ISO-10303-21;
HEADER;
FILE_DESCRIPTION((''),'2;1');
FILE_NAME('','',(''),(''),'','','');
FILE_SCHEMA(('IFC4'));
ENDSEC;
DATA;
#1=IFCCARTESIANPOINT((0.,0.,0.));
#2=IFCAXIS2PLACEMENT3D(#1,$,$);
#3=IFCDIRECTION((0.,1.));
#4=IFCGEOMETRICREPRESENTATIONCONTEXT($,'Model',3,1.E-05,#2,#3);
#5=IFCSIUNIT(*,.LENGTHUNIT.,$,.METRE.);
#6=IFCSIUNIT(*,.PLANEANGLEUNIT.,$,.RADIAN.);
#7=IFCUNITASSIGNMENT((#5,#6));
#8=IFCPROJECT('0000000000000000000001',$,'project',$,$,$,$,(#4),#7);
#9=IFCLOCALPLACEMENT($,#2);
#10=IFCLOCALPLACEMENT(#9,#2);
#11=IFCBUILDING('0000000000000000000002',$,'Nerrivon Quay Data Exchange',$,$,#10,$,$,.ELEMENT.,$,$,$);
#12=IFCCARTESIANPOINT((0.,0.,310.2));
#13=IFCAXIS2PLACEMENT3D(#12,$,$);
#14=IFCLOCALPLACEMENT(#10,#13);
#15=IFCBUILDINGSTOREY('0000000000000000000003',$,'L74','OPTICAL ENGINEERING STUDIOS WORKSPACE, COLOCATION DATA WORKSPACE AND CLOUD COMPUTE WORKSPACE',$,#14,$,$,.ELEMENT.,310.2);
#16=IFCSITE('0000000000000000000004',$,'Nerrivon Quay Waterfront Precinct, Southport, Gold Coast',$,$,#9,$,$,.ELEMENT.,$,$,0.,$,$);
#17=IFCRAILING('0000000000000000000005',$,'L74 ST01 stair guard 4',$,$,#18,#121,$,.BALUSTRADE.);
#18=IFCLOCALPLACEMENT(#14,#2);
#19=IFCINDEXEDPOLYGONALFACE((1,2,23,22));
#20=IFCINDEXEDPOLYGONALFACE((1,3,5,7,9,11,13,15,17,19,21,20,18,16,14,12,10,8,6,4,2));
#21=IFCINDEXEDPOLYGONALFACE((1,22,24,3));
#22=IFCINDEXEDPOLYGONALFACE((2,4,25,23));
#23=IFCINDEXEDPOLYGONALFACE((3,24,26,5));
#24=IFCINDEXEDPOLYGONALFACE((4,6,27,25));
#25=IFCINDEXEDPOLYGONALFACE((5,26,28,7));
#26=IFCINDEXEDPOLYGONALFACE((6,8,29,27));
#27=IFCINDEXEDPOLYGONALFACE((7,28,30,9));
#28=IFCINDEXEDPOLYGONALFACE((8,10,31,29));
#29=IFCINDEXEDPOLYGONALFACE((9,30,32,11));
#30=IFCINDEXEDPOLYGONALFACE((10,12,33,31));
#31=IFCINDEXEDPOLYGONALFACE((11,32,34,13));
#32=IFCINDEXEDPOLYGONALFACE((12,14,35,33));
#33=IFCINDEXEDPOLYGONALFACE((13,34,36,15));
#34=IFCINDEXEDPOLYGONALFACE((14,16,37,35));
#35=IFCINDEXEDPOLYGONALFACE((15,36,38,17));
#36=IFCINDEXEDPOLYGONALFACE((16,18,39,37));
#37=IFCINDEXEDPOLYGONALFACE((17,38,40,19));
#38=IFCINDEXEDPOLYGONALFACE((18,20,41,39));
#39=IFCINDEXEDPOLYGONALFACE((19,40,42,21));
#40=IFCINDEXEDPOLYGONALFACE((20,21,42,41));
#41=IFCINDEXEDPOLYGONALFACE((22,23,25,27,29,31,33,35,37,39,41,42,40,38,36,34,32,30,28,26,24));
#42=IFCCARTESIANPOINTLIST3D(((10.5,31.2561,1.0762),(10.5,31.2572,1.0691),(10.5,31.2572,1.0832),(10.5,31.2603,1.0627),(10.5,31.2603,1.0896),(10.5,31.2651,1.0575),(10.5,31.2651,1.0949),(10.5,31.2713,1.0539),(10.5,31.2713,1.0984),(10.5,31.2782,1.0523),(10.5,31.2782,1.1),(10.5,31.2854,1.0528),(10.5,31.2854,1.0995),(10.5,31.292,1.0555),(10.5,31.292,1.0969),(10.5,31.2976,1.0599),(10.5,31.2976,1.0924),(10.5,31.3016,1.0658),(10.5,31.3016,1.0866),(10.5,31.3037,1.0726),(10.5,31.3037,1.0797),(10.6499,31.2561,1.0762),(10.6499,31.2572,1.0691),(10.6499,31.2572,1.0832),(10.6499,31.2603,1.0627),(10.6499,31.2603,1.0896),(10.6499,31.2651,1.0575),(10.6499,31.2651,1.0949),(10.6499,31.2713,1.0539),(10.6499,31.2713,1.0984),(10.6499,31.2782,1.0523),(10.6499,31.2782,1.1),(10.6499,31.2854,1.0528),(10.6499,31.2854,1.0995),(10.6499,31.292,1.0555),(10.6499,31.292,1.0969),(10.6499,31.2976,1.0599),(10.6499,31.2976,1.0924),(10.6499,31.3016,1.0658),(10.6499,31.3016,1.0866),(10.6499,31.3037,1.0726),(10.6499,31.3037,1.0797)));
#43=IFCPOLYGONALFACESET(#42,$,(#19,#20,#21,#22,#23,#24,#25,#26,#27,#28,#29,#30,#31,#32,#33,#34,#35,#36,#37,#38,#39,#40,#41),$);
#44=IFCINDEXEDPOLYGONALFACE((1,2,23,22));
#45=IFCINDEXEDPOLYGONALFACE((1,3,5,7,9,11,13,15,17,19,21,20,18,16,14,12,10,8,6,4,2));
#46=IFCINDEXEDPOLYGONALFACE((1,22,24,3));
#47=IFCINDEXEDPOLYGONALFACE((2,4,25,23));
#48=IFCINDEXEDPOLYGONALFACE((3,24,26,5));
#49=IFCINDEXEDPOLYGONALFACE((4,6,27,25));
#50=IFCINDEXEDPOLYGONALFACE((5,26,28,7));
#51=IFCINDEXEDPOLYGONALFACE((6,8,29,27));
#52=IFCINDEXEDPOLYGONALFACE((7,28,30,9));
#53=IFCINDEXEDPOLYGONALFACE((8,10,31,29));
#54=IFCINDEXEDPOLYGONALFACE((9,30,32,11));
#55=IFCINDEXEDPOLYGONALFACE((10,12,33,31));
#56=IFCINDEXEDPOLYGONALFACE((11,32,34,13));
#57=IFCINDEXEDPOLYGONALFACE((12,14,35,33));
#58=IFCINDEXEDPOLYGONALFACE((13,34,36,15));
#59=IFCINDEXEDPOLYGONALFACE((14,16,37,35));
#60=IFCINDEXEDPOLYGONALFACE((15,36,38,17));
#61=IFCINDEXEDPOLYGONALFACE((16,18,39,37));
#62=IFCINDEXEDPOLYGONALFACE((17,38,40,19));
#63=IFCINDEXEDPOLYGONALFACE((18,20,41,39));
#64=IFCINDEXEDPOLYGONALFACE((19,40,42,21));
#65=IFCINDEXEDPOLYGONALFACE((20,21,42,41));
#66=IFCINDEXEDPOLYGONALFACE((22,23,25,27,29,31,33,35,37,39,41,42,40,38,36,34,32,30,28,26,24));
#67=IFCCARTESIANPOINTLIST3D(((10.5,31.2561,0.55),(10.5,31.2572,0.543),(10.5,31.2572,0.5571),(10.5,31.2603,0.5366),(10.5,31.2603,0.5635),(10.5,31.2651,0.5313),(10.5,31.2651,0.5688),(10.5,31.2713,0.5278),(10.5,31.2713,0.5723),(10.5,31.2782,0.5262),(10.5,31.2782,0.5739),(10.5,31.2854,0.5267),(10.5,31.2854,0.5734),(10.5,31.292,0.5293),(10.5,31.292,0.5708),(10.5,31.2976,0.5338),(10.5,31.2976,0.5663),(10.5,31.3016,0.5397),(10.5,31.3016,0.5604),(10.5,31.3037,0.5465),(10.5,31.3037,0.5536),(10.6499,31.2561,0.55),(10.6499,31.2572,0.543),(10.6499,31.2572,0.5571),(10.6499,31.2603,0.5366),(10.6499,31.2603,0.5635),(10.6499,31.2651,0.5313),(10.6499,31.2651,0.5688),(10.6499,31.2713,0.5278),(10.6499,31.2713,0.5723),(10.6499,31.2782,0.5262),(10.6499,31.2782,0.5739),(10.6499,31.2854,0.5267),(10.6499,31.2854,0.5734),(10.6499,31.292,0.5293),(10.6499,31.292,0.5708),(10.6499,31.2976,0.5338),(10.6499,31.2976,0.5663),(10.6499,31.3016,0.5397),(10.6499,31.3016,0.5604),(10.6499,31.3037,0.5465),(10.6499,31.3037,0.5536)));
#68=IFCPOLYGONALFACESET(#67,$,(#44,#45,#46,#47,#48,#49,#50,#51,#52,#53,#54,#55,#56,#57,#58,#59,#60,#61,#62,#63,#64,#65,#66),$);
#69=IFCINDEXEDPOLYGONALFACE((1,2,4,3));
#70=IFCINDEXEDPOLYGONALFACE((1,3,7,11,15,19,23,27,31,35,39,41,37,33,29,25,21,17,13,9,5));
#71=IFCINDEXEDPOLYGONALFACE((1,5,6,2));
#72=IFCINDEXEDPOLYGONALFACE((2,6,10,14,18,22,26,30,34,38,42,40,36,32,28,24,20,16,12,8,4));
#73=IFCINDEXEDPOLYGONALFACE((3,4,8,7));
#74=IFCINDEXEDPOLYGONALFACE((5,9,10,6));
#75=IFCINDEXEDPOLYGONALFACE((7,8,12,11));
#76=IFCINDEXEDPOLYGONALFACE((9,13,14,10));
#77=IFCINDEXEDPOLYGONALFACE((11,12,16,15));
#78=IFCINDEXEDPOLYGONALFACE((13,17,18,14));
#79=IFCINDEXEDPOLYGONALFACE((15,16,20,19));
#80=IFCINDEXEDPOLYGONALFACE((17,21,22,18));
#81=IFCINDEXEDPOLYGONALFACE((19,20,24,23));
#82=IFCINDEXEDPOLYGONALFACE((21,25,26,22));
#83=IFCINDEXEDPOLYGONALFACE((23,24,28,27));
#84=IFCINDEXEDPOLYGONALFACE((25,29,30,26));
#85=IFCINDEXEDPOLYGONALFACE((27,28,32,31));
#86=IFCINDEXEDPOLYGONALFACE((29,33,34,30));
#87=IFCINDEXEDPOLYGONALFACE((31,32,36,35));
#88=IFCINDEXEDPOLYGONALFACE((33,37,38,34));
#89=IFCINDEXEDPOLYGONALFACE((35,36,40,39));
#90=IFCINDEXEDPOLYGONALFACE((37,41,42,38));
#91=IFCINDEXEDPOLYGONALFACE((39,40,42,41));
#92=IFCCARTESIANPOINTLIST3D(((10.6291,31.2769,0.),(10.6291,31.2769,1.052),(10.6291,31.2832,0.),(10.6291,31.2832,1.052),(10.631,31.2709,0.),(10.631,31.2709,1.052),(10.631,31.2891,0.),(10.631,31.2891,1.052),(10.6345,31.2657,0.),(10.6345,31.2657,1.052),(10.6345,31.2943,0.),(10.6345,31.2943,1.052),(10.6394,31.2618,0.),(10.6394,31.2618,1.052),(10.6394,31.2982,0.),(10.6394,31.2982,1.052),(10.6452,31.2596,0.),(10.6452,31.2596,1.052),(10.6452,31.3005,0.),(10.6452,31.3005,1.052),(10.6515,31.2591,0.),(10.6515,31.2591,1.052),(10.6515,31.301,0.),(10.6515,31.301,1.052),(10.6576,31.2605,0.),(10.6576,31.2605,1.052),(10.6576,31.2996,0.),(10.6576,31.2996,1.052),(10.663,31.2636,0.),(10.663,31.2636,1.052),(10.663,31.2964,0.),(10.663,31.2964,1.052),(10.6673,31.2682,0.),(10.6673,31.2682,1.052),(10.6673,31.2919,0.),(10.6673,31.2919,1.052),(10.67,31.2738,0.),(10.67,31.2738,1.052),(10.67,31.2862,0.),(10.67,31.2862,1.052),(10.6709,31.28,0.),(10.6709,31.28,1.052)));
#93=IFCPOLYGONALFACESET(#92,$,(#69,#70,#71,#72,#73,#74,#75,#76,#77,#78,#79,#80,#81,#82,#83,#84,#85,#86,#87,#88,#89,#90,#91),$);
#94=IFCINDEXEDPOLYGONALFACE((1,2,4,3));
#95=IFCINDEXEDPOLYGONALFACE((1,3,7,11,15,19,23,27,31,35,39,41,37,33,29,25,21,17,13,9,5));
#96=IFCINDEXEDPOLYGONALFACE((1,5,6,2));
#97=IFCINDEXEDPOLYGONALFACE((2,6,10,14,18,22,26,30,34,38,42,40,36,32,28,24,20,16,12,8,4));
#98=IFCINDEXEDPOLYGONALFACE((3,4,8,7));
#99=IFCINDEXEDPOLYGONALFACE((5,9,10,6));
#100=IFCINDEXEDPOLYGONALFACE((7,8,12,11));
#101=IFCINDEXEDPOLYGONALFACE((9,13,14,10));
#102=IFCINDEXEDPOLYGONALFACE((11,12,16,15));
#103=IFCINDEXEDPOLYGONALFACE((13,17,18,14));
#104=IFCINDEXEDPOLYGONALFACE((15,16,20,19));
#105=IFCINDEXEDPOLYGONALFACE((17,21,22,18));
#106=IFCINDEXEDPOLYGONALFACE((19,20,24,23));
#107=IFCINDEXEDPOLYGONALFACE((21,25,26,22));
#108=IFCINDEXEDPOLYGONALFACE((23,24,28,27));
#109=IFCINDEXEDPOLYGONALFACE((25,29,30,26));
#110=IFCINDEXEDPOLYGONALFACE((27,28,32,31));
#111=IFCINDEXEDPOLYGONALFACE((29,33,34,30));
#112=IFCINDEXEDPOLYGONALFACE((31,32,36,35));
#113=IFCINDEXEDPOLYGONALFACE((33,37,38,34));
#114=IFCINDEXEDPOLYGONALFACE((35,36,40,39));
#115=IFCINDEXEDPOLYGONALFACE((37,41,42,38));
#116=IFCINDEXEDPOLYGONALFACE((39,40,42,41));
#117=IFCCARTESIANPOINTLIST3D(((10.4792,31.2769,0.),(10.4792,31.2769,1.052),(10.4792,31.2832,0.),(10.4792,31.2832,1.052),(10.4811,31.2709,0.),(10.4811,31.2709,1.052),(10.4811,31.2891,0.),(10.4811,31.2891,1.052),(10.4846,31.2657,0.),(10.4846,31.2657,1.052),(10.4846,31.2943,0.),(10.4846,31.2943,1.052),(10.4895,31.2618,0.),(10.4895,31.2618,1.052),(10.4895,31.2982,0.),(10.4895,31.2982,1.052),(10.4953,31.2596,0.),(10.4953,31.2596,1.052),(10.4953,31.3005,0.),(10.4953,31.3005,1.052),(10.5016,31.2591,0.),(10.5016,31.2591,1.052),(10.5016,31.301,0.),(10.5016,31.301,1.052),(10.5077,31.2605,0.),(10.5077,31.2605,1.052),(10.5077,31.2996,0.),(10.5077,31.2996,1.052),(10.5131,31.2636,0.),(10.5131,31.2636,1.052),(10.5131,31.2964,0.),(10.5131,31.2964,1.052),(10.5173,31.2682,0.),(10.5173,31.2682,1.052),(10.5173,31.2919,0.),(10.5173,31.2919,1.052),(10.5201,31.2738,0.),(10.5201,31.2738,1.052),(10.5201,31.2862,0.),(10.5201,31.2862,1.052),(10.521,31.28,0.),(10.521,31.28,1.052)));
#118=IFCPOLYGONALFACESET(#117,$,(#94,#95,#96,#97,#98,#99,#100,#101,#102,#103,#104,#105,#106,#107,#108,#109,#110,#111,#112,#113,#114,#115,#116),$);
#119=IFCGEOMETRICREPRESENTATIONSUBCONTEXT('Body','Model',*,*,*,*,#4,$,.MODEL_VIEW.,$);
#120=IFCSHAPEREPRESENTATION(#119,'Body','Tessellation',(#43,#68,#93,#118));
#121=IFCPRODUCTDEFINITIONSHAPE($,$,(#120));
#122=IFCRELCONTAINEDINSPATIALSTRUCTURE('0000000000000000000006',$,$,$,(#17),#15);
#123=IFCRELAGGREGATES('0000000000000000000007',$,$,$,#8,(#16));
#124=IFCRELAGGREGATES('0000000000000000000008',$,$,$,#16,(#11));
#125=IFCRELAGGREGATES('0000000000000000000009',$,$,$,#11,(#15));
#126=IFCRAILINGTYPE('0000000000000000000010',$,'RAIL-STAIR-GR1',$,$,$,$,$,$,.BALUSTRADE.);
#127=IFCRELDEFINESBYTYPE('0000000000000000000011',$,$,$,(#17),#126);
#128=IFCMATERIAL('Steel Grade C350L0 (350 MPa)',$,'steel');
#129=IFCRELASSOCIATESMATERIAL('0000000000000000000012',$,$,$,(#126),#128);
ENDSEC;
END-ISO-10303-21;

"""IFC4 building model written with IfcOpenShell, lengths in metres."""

from ifc_helpers import new_model, si_unit, direction, frame, origin, origin_2d, place, context, subcontext, project, spatial, circle, extrude, material, type_object, element, save


model = new_model("IFC4")

# Units and contexts
model_context = context("Model", 3, precision=1e-05, world=origin(), true_north=direction((0.0, 1.0)))
body_context = subcontext(model_context, "Body", "Model", "MODEL_VIEW")
ifc_project = project(units=[si_unit("LENGTHUNIT", "METRE"), si_unit("PLANEANGLEUNIT", "RADIAN")], contexts=[model_context])

# Site, building, storey
site_placement = place(None, origin())
site = spatial("IfcSite", under=ifc_project, at=site_placement, Name="Nerrivon Quay Waterfront Precinct, Southport, Gold Coast", CompositionType="ELEMENT", RefElevation=0.0)
building_placement = place(site_placement, origin())
building = spatial("IfcBuilding", under=site, at=building_placement, Name="Nerrivon Quay Data Exchange", CompositionType="ELEMENT")
storey_placement = place(building_placement, frame((0.0, 0.0, 310.2)))
storey = spatial("IfcBuildingStorey", under=building, at=storey_placement, Name="L74", Description="OPTICAL ENGINEERING STUDIOS WORKSPACE, COLOCATION DATA WORKSPACE AND CLOUD COMPUTE WORKSPACE", CompositionType="ELEMENT", Elevation=310.2)

# Railing
ifc_material_1 = material(Name="Steel Grade C350L0 (350 MPa)", Category="steel")
railing_type_1 = type_object("IfcRailingType", Name="RAIL-STAIR-GR1", PredefinedType="BALUSTRADE", material=ifc_material_1)
railing_1_placement = place(storey_placement, frame((10.6499, 31.28, 0.0)))
element("IfcRailing", 1, at=railing_1_placement, inside=storey, type_object=railing_type_1, Name="L74 ST01 stair guard 4", PredefinedType="BALUSTRADE", context=body_context, shape_type="SweptSolid", body=[
    extrude(circle(Radius=0.0239, at=origin_2d()), frame((0.0, 0.0, 1.0762), z_axis=(-1.0, 0.0, 0.0), x_axis=(0.0, -1.0, 0.0)), (0.0, 0.0, 1.0), 0.1499),
    extrude(circle(Radius=0.0239, at=origin_2d()), frame((0.0, 0.0, 0.55), z_axis=(-1.0, 0.0, 0.0), x_axis=(0.0, -1.0, 0.0)), (0.0, 0.0, 1.0), 0.1499),
    extrude(circle(Radius=0.021, at=origin_2d()), origin(), (0.0, 0.0, 1.0), 1.052),
    extrude(circle(Radius=0.021, at=origin_2d()), frame((-0.1499, 0.0, 0.0)), (0.0, 0.0, 1.0), 1.052),
])

save(model, "model.ifc")
